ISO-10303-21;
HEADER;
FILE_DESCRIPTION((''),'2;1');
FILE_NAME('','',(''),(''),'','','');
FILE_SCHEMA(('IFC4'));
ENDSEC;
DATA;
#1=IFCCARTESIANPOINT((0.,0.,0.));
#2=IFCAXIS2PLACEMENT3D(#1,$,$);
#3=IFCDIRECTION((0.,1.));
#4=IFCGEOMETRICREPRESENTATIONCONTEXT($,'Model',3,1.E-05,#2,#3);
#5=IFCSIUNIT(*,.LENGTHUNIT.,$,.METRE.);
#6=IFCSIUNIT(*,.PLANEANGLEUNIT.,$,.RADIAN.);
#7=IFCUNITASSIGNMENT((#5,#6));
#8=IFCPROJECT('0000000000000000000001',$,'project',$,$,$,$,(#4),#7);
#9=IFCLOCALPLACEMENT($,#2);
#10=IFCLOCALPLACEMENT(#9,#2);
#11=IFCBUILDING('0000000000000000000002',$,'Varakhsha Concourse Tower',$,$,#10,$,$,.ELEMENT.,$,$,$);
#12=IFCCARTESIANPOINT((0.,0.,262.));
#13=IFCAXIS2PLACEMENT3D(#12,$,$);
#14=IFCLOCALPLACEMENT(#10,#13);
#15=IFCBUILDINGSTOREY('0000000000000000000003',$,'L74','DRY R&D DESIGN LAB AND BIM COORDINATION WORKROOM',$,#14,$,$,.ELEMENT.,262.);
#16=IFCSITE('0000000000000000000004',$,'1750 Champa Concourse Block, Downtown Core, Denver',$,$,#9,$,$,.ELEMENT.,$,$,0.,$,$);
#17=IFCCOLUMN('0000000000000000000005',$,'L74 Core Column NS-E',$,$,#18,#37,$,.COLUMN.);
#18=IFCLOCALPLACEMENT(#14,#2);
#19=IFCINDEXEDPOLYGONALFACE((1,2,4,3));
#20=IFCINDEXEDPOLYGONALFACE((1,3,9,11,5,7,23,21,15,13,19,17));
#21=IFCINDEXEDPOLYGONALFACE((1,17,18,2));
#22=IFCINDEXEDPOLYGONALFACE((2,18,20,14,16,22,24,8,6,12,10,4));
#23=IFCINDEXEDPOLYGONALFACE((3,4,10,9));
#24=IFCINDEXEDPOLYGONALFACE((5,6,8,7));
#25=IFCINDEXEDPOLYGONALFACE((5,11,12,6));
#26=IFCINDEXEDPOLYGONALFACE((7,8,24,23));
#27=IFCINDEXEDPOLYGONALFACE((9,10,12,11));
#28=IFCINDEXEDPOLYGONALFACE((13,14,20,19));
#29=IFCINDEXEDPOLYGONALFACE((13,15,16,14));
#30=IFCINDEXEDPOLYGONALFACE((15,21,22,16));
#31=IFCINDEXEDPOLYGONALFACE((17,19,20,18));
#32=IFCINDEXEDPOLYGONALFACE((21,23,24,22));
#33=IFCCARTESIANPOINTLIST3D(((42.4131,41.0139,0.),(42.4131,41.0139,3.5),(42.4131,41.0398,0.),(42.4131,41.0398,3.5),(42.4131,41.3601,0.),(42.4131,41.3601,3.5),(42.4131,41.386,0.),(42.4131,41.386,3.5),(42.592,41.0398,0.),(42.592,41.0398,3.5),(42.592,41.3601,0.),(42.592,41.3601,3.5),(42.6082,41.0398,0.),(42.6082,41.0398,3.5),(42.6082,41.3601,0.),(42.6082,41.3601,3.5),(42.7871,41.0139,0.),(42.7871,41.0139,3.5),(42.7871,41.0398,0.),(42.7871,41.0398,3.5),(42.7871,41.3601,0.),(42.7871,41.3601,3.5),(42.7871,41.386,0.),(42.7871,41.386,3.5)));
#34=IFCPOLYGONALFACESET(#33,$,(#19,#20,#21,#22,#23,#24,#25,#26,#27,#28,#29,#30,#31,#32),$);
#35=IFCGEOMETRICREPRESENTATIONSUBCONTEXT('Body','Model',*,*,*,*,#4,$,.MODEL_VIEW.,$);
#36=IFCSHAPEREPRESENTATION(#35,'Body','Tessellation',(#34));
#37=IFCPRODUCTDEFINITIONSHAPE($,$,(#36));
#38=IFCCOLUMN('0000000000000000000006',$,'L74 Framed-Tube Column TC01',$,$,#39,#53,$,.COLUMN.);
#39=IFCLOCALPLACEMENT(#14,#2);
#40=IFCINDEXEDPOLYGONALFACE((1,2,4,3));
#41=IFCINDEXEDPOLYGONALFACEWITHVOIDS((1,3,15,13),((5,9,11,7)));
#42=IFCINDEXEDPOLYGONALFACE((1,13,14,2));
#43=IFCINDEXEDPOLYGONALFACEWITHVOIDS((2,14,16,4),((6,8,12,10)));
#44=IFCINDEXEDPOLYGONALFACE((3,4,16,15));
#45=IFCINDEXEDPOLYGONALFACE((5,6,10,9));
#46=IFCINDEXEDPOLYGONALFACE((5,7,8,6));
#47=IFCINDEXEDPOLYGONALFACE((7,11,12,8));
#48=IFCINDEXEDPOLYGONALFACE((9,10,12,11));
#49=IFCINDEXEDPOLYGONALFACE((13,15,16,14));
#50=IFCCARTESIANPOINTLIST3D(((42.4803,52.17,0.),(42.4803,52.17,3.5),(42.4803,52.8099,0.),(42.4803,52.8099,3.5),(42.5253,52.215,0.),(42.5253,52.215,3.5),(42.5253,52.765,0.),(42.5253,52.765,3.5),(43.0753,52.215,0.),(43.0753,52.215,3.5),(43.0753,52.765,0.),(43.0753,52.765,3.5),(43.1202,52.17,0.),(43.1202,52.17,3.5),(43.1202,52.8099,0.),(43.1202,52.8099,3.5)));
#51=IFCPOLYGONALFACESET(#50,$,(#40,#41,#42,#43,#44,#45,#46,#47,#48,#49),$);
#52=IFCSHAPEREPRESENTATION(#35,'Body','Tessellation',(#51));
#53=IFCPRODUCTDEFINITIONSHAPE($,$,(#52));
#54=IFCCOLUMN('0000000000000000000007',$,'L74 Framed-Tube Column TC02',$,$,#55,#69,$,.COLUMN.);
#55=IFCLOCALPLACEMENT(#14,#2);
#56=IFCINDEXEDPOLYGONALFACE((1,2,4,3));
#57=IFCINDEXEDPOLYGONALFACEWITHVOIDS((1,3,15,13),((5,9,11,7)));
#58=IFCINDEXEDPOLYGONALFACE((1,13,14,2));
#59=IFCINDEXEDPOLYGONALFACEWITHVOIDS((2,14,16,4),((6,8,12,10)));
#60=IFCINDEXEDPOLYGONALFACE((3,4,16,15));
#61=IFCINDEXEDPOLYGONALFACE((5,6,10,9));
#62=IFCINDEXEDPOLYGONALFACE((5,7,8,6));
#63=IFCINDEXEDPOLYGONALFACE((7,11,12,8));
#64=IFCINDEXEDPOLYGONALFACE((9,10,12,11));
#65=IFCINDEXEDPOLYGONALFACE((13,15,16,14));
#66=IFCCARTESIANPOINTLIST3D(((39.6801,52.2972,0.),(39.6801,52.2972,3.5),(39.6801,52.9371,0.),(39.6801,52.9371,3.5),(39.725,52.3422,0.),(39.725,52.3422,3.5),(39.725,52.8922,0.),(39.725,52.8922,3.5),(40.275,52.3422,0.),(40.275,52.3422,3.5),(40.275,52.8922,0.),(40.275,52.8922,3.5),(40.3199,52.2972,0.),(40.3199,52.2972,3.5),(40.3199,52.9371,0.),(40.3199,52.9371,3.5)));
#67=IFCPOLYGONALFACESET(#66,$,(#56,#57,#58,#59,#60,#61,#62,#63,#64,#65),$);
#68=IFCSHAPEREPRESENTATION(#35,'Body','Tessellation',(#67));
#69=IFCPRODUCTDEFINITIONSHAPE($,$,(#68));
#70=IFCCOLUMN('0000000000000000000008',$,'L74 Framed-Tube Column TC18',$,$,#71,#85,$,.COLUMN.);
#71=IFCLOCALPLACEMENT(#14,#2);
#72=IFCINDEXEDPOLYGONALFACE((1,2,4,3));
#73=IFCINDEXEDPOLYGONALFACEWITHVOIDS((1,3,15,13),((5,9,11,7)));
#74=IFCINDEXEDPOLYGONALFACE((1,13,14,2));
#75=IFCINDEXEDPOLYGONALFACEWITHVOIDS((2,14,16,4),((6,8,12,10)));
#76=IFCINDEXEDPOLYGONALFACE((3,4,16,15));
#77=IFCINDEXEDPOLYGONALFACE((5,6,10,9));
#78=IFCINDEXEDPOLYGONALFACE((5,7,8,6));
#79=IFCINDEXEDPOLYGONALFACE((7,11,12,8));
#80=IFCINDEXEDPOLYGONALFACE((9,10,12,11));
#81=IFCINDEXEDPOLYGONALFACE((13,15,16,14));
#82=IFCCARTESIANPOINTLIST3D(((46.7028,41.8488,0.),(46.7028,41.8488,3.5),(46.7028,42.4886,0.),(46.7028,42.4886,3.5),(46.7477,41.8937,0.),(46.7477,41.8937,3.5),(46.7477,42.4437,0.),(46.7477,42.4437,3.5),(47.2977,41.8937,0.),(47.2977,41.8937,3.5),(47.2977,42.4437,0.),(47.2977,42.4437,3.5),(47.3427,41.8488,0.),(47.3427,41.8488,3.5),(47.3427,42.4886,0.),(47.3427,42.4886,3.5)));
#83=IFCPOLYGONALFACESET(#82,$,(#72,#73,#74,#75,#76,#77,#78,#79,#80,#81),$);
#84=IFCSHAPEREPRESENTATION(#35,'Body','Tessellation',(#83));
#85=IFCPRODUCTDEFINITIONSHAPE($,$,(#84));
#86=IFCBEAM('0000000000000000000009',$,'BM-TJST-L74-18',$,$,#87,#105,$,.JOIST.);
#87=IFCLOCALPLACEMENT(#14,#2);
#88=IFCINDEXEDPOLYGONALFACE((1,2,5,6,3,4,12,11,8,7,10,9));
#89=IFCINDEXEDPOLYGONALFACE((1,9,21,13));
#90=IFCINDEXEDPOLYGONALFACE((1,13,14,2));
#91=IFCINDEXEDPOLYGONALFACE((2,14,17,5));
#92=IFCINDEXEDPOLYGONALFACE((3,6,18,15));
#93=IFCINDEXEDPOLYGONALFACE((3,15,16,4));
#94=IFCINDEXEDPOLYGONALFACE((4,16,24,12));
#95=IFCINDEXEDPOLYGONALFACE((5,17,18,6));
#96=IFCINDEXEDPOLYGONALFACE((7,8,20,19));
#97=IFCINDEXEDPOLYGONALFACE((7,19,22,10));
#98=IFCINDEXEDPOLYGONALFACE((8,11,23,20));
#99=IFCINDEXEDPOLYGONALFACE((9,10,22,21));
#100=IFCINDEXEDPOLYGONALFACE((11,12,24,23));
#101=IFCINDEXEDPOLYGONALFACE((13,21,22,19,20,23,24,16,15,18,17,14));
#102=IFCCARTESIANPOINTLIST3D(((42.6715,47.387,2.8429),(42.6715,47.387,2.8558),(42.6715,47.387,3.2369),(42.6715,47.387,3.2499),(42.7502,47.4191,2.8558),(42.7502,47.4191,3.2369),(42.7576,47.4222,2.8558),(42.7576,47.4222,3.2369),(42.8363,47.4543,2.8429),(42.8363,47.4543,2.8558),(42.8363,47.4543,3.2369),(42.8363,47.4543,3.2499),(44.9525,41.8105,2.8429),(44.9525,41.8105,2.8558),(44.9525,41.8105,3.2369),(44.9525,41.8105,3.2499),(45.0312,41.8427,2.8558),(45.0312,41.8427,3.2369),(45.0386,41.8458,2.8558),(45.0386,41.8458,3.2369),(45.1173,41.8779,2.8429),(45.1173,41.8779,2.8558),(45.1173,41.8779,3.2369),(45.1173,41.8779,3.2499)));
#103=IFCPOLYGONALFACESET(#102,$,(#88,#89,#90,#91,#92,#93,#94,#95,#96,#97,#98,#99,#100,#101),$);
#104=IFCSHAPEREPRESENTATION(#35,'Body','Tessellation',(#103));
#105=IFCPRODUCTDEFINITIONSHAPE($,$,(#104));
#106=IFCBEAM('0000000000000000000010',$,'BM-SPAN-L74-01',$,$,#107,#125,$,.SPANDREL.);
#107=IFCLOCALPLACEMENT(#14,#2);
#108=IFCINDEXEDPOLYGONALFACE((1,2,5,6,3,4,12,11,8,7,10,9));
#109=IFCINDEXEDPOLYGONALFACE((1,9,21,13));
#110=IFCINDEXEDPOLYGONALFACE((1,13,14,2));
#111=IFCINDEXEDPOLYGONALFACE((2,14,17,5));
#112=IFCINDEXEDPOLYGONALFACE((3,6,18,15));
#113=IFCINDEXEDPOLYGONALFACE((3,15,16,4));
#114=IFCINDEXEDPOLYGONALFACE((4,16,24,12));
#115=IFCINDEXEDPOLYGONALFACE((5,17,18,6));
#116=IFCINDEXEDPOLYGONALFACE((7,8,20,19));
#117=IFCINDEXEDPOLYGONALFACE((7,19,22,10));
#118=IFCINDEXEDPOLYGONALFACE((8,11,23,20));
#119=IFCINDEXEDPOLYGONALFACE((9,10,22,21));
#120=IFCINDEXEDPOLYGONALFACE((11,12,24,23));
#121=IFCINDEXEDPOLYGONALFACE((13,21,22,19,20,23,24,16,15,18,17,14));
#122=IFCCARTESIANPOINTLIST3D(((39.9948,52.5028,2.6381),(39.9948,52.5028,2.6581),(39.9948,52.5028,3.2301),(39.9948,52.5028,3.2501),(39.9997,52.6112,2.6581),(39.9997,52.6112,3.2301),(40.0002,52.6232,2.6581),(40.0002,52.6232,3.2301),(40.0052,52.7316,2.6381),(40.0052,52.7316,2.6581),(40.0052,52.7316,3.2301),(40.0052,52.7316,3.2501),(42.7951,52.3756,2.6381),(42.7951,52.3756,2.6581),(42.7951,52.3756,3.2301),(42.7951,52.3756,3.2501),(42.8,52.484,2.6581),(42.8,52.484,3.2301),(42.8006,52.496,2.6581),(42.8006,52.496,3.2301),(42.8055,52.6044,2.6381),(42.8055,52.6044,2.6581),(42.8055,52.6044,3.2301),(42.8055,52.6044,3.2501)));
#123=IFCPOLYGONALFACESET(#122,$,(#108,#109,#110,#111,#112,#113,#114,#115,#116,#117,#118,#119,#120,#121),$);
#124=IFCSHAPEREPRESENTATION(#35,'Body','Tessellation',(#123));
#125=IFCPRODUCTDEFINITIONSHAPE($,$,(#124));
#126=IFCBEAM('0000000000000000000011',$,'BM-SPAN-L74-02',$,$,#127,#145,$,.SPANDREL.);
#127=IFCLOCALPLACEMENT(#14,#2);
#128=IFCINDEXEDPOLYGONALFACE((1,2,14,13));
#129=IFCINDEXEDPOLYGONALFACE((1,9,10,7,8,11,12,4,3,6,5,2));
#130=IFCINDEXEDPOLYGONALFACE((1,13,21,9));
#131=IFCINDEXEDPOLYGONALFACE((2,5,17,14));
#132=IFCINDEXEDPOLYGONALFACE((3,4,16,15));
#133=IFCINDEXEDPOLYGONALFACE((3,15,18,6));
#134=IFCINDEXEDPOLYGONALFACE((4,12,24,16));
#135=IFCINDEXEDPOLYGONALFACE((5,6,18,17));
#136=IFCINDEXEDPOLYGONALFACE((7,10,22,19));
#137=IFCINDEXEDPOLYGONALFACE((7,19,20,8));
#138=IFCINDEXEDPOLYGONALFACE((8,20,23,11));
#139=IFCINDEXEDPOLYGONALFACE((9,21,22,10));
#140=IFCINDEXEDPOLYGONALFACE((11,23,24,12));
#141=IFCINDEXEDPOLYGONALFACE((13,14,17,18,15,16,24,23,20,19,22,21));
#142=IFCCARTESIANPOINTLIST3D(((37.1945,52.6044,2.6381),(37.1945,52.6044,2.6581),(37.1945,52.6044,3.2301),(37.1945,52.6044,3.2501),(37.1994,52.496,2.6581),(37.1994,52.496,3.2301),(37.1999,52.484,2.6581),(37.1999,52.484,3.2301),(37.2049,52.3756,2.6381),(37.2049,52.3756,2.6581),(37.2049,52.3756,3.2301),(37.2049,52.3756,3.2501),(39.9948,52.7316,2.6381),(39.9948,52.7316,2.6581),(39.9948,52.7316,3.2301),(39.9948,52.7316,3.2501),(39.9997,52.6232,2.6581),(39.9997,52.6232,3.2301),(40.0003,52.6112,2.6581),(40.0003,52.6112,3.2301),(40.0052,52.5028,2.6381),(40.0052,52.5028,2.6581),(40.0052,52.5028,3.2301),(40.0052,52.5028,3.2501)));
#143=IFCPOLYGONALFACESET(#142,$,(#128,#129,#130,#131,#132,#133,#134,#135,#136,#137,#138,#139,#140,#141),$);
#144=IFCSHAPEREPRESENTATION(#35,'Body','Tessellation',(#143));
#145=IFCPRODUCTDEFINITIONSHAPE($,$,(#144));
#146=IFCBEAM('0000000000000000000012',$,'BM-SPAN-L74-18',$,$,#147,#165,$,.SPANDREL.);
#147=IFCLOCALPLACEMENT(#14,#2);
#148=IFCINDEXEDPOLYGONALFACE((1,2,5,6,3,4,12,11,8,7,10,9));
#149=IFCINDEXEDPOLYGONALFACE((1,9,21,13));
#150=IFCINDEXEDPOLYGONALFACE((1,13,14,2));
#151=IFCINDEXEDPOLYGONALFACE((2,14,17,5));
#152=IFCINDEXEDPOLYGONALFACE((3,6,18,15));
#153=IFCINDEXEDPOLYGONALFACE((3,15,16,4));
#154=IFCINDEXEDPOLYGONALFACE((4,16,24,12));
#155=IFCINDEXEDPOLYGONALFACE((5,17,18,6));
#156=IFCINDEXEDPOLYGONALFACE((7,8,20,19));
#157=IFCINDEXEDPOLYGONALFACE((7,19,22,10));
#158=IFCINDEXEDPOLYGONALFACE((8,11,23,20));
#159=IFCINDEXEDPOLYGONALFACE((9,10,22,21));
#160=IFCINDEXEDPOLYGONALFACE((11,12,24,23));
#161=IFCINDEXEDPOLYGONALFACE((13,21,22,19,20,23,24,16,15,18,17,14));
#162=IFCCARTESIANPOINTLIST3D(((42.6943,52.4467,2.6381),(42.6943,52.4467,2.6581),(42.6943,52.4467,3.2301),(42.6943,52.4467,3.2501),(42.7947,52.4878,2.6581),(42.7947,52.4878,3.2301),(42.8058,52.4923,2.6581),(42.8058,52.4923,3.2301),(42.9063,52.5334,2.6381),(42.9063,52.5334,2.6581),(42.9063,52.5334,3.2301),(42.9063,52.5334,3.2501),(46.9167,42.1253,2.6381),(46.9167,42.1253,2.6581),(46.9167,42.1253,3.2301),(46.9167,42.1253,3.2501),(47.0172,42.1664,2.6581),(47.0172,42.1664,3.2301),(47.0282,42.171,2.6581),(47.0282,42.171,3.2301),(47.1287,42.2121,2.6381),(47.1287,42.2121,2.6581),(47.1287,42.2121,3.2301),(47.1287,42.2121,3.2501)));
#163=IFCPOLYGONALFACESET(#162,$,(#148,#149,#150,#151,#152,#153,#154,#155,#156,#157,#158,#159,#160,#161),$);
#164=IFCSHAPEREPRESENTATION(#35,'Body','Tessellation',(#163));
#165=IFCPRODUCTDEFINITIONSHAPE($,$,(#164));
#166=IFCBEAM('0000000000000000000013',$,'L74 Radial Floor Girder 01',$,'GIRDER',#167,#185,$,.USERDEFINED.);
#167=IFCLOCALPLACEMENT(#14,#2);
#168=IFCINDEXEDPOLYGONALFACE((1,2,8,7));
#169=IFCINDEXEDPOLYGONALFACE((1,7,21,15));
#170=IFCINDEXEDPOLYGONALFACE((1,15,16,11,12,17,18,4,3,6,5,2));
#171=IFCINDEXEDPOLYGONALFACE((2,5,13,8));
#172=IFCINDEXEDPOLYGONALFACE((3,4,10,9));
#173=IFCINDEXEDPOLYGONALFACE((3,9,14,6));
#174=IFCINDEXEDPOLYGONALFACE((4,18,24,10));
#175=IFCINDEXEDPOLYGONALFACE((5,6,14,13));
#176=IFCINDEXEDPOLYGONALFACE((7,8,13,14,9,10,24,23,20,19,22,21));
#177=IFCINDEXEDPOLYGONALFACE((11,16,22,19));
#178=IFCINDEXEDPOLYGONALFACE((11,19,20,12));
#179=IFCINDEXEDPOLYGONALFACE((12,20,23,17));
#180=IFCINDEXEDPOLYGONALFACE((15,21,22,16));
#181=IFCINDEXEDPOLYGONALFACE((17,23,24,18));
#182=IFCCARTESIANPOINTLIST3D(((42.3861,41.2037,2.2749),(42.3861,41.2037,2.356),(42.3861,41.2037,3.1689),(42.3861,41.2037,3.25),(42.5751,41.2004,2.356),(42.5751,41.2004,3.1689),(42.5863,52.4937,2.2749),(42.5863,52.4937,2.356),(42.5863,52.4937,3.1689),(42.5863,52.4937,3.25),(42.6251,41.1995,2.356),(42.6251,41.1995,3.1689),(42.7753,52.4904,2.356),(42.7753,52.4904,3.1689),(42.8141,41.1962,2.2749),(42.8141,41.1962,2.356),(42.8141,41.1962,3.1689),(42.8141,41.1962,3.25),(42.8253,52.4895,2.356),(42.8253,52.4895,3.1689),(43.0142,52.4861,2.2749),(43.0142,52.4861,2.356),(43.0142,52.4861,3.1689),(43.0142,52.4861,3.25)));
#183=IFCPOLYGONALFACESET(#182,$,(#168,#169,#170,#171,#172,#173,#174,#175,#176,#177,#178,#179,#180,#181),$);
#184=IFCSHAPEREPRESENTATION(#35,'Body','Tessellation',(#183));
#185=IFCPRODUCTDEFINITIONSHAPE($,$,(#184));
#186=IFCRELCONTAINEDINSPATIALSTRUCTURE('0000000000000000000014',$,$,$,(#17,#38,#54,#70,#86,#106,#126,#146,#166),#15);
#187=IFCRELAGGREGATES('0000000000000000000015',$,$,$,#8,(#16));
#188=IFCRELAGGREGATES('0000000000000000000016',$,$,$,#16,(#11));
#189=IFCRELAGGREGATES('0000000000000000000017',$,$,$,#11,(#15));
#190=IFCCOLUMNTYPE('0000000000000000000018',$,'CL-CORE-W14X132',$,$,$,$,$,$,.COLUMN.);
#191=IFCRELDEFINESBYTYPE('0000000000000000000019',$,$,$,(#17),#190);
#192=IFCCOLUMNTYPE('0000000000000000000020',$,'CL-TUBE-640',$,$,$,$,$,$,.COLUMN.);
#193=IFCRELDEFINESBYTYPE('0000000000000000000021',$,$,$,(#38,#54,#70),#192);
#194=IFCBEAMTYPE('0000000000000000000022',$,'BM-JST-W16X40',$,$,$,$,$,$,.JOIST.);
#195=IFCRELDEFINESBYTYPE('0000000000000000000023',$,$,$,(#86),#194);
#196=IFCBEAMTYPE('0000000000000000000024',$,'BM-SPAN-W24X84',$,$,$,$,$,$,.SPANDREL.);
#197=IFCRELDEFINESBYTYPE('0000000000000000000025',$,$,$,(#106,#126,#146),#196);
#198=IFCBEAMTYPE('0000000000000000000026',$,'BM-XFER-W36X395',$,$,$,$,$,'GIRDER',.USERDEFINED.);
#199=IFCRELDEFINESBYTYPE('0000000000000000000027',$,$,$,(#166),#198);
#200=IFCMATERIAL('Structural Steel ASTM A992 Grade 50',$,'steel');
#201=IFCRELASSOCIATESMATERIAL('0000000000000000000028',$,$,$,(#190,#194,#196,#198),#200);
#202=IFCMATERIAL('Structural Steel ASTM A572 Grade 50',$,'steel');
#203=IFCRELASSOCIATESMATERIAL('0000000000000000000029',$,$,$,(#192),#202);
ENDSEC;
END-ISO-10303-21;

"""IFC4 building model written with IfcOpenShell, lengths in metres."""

from ifc_helpers import new_model, si_unit, direction, frame, origin, origin_2d, place, context, subcontext, project, spatial, hollow_rectangle, i_section, extrude, material, material_profile, profile_set, type_object, element, save


model = new_model("IFC4")

# Units and contexts
model_context = context("Model", 3, precision=1e-05, world=origin(), true_north=direction((0.0, 1.0)))
body_context = subcontext(model_context, "Body", "Model", "MODEL_VIEW")
ifc_project = project(units=[si_unit("LENGTHUNIT", "METRE"), si_unit("PLANEANGLEUNIT", "RADIAN")], contexts=[model_context])

# Site, building, storey
site_placement = place(None, origin())
site = spatial("IfcSite", under=ifc_project, at=site_placement, Name="1750 Champa Concourse Block, Downtown Core, Denver", CompositionType="ELEMENT", RefElevation=0.0)
building_placement = place(site_placement, origin())
building = spatial("IfcBuilding", under=site, at=building_placement, Name="Varakhsha Concourse Tower", CompositionType="ELEMENT")
storey_placement = place(building_placement, frame((0.0, 0.0, 262.0)))
storey = spatial("IfcBuildingStorey", under=building, at=storey_placement, Name="L74", Description="DRY R&D DESIGN LAB AND BIM COORDINATION WORKROOM", CompositionType="ELEMENT", Elevation=262.0)

# Columns
ifc_material_1 = material(Name="Structural Steel ASTM A992 Grade 50", Category="steel")
ifc_material_profile_1 = material_profile(ifc_material_1, i_section(OverallWidth=0.374, OverallDepth=0.3721, WebThickness=0.0161, FlangeThickness=0.0259, at=origin_2d()), Name="W14X132")
ifc_profile_set_1 = profile_set([ifc_material_profile_1], Name="Structural Steel ASTM A992 Grade 50")
column_type_1 = type_object("IfcColumnType", Name="CL-CORE-W14X132", PredefinedType="COLUMN", material=ifc_profile_set_1)
column_placement = place(storey_placement, frame((42.6001, 41.2, 0.0), z_axis=(0.0, 0.0, 1.0), x_axis=(1.0, 0.0, 0.0)))
element("IfcColumn", 1, at=column_placement, inside=storey, type_object=column_type_1, Name="L74 Core Column NS-E", PredefinedType="COLUMN", context=body_context, shape_type="SweptSolid", body=[
    extrude(i_section(OverallWidth=0.374, OverallDepth=0.3721, WebThickness=0.0161, FlangeThickness=0.0259, at=origin_2d()), origin(), (0.0, 0.0, 1.0), 3.5),
])
ifc_material_2 = material(Name="Structural Steel ASTM A572 Grade 50", Category="steel")
ifc_material_profile_2 = material_profile(ifc_material_2, hollow_rectangle(XDim=0.6399, YDim=0.6399, WallThickness=0.0449, at=origin_2d()), Name="BOX 640x640x45")
ifc_profile_set_2 = profile_set([ifc_material_profile_2], Name="Structural Steel ASTM A572 Grade 50")
column_type_2 = type_object("IfcColumnType", Name="CL-TUBE-640", PredefinedType="COLUMN", material=ifc_profile_set_2)
for number, where, z_axis, x_axis, name in (
    (2, (42.8003, 52.49, 0.0), (0.0, 0.0, 1.0), (1.0, 0.0, 0.0), "L74 Framed-Tube Column TC01"),
    (3, (40.0, 52.6172, 0.0), (0.0, 0.0, 1.0), (1.0, 0.0, 0.0), "L74 Framed-Tube Column TC02"),
    (4, (47.0227, 42.1687, 0.0), (0.0, 0.0, 1.0), (1.0, 0.0, 0.0), "L74 Framed-Tube Column TC18"),
):
    element("IfcColumn", number, at=place(storey_placement, frame(where, z_axis=z_axis, x_axis=x_axis)), inside=storey, type_object=column_type_2, Name=name, PredefinedType="COLUMN", context=body_context, shape_type="SweptSolid", body=[
        extrude(hollow_rectangle(XDim=0.6399, YDim=0.6399, WallThickness=0.0449, at=origin_2d()), origin(), (0.0, 0.0, 1.0), 3.5),
    ])

# Beams
ifc_material_profile_3 = material_profile(ifc_material_1, i_section(OverallWidth=0.178, OverallDepth=0.407, WebThickness=0.0081, FlangeThickness=0.0129, at=origin_2d()), Name="W16X40")
ifc_profile_set_3 = profile_set([ifc_material_profile_3], Name="Structural Steel ASTM A992 Grade 50")
beam_type_1 = type_object("IfcBeamType", Name="BM-JST-W16X40", PredefinedType="JOIST", material=ifc_profile_set_3)
beam_1_placement = place(storey_placement, frame((45.0349, 41.8442, 3.0464), z_axis=(-0.378597, 0.925562, 0.0), x_axis=(-0.925562, -0.378597, 0.0)))
element("IfcBeam", 5, at=beam_1_placement, inside=storey, type_object=beam_type_1, Name="BM-TJST-L74-18", PredefinedType="JOIST", context=body_context, shape_type="SweptSolid", body=[
    extrude(i_section(OverallWidth=0.178, OverallDepth=0.407, WebThickness=0.0081, FlangeThickness=0.0129, at=origin_2d()), origin(), (0.0, 0.0, 1.0), 6.0249),
])
ifc_material_profile_4 = material_profile(ifc_material_1, i_section(OverallWidth=0.229, OverallDepth=0.6121, WebThickness=0.012, FlangeThickness=0.02, at=origin_2d()), Name="W24X84")
ifc_profile_set_4 = profile_set([ifc_material_profile_4], Name="Structural Steel ASTM A992 Grade 50")
beam_type_2 = type_object("IfcBeamType", Name="BM-SPAN-W24X84", PredefinedType="SPANDREL", material=ifc_profile_set_4)
for number, where, z_axis, x_axis, name in (
    (6, (42.8003, 52.49, 2.9441), (-0.99897, 0.045376, 0.0), (-0.045376, -0.99897, 0.0), "BM-SPAN-L74-01"),
    (7, (40.0, 52.6172, 2.9441), (-0.99897, -0.045376, 0.0), (0.045376, -0.99897, 0.0), "BM-SPAN-L74-02"),
):
    element("IfcBeam", number, at=place(storey_placement, frame(where, z_axis=z_axis, x_axis=x_axis)), inside=storey, type_object=beam_type_2, Name=name, PredefinedType="SPANDREL", context=body_context, shape_type="SweptSolid", body=[
        extrude(i_section(OverallWidth=0.229, OverallDepth=0.6121, WebThickness=0.012, FlangeThickness=0.02, at=origin_2d()), origin(), (0.0, 0.0, 1.0), 2.8032),
    ])
beam_2_placement = place(storey_placement, frame((47.0227, 42.1687, 2.9441), z_axis=(-0.378638, 0.925545, 0.0), x_axis=(-0.925545, -0.378638, 0.0)))
element("IfcBeam", 8, at=beam_2_placement, inside=storey, type_object=beam_type_2, Name="BM-SPAN-L74-18", PredefinedType="SPANDREL", context=body_context, shape_type="SweptSolid", body=[
    extrude(i_section(OverallWidth=0.229, OverallDepth=0.6121, WebThickness=0.012, FlangeThickness=0.02, at=origin_2d()), origin(), (0.0, 0.0, 1.0), 11.1516),
])
ifc_material_profile_5 = material_profile(ifc_material_1, i_section(OverallWidth=0.428, OverallDepth=0.9751, WebThickness=0.05, FlangeThickness=0.0811, at=origin_2d()), Name="W36X395")
ifc_profile_set_5 = profile_set([ifc_material_profile_5], Name="Structural Steel ASTM A992 Grade 50")
beam_type_3 = type_object("IfcBeamType", Name="BM-XFER-W36X395", ElementType="GIRDER", PredefinedType="USERDEFINED", material=ifc_profile_set_5)
beam_3_placement = place(storey_placement, frame((42.6001, 41.2, 2.7625), z_axis=(0.017729, 0.999843, 0.0), x_axis=(-0.999843, 0.017729, 0.0)))
element("IfcBeam", 9, at=beam_3_placement, inside=storey, type_object=beam_type_3, Name="L74 Radial Floor Girder 01", ObjectType="GIRDER", PredefinedType="USERDEFINED", context=body_context, shape_type="SweptSolid", body=[
    extrude(i_section(OverallWidth=0.428, OverallDepth=0.9751, WebThickness=0.05, FlangeThickness=0.0811, at=origin_2d()), origin(), (0.0, 0.0, 1.0), 11.2917),
])

save(model, "model.ifc")
